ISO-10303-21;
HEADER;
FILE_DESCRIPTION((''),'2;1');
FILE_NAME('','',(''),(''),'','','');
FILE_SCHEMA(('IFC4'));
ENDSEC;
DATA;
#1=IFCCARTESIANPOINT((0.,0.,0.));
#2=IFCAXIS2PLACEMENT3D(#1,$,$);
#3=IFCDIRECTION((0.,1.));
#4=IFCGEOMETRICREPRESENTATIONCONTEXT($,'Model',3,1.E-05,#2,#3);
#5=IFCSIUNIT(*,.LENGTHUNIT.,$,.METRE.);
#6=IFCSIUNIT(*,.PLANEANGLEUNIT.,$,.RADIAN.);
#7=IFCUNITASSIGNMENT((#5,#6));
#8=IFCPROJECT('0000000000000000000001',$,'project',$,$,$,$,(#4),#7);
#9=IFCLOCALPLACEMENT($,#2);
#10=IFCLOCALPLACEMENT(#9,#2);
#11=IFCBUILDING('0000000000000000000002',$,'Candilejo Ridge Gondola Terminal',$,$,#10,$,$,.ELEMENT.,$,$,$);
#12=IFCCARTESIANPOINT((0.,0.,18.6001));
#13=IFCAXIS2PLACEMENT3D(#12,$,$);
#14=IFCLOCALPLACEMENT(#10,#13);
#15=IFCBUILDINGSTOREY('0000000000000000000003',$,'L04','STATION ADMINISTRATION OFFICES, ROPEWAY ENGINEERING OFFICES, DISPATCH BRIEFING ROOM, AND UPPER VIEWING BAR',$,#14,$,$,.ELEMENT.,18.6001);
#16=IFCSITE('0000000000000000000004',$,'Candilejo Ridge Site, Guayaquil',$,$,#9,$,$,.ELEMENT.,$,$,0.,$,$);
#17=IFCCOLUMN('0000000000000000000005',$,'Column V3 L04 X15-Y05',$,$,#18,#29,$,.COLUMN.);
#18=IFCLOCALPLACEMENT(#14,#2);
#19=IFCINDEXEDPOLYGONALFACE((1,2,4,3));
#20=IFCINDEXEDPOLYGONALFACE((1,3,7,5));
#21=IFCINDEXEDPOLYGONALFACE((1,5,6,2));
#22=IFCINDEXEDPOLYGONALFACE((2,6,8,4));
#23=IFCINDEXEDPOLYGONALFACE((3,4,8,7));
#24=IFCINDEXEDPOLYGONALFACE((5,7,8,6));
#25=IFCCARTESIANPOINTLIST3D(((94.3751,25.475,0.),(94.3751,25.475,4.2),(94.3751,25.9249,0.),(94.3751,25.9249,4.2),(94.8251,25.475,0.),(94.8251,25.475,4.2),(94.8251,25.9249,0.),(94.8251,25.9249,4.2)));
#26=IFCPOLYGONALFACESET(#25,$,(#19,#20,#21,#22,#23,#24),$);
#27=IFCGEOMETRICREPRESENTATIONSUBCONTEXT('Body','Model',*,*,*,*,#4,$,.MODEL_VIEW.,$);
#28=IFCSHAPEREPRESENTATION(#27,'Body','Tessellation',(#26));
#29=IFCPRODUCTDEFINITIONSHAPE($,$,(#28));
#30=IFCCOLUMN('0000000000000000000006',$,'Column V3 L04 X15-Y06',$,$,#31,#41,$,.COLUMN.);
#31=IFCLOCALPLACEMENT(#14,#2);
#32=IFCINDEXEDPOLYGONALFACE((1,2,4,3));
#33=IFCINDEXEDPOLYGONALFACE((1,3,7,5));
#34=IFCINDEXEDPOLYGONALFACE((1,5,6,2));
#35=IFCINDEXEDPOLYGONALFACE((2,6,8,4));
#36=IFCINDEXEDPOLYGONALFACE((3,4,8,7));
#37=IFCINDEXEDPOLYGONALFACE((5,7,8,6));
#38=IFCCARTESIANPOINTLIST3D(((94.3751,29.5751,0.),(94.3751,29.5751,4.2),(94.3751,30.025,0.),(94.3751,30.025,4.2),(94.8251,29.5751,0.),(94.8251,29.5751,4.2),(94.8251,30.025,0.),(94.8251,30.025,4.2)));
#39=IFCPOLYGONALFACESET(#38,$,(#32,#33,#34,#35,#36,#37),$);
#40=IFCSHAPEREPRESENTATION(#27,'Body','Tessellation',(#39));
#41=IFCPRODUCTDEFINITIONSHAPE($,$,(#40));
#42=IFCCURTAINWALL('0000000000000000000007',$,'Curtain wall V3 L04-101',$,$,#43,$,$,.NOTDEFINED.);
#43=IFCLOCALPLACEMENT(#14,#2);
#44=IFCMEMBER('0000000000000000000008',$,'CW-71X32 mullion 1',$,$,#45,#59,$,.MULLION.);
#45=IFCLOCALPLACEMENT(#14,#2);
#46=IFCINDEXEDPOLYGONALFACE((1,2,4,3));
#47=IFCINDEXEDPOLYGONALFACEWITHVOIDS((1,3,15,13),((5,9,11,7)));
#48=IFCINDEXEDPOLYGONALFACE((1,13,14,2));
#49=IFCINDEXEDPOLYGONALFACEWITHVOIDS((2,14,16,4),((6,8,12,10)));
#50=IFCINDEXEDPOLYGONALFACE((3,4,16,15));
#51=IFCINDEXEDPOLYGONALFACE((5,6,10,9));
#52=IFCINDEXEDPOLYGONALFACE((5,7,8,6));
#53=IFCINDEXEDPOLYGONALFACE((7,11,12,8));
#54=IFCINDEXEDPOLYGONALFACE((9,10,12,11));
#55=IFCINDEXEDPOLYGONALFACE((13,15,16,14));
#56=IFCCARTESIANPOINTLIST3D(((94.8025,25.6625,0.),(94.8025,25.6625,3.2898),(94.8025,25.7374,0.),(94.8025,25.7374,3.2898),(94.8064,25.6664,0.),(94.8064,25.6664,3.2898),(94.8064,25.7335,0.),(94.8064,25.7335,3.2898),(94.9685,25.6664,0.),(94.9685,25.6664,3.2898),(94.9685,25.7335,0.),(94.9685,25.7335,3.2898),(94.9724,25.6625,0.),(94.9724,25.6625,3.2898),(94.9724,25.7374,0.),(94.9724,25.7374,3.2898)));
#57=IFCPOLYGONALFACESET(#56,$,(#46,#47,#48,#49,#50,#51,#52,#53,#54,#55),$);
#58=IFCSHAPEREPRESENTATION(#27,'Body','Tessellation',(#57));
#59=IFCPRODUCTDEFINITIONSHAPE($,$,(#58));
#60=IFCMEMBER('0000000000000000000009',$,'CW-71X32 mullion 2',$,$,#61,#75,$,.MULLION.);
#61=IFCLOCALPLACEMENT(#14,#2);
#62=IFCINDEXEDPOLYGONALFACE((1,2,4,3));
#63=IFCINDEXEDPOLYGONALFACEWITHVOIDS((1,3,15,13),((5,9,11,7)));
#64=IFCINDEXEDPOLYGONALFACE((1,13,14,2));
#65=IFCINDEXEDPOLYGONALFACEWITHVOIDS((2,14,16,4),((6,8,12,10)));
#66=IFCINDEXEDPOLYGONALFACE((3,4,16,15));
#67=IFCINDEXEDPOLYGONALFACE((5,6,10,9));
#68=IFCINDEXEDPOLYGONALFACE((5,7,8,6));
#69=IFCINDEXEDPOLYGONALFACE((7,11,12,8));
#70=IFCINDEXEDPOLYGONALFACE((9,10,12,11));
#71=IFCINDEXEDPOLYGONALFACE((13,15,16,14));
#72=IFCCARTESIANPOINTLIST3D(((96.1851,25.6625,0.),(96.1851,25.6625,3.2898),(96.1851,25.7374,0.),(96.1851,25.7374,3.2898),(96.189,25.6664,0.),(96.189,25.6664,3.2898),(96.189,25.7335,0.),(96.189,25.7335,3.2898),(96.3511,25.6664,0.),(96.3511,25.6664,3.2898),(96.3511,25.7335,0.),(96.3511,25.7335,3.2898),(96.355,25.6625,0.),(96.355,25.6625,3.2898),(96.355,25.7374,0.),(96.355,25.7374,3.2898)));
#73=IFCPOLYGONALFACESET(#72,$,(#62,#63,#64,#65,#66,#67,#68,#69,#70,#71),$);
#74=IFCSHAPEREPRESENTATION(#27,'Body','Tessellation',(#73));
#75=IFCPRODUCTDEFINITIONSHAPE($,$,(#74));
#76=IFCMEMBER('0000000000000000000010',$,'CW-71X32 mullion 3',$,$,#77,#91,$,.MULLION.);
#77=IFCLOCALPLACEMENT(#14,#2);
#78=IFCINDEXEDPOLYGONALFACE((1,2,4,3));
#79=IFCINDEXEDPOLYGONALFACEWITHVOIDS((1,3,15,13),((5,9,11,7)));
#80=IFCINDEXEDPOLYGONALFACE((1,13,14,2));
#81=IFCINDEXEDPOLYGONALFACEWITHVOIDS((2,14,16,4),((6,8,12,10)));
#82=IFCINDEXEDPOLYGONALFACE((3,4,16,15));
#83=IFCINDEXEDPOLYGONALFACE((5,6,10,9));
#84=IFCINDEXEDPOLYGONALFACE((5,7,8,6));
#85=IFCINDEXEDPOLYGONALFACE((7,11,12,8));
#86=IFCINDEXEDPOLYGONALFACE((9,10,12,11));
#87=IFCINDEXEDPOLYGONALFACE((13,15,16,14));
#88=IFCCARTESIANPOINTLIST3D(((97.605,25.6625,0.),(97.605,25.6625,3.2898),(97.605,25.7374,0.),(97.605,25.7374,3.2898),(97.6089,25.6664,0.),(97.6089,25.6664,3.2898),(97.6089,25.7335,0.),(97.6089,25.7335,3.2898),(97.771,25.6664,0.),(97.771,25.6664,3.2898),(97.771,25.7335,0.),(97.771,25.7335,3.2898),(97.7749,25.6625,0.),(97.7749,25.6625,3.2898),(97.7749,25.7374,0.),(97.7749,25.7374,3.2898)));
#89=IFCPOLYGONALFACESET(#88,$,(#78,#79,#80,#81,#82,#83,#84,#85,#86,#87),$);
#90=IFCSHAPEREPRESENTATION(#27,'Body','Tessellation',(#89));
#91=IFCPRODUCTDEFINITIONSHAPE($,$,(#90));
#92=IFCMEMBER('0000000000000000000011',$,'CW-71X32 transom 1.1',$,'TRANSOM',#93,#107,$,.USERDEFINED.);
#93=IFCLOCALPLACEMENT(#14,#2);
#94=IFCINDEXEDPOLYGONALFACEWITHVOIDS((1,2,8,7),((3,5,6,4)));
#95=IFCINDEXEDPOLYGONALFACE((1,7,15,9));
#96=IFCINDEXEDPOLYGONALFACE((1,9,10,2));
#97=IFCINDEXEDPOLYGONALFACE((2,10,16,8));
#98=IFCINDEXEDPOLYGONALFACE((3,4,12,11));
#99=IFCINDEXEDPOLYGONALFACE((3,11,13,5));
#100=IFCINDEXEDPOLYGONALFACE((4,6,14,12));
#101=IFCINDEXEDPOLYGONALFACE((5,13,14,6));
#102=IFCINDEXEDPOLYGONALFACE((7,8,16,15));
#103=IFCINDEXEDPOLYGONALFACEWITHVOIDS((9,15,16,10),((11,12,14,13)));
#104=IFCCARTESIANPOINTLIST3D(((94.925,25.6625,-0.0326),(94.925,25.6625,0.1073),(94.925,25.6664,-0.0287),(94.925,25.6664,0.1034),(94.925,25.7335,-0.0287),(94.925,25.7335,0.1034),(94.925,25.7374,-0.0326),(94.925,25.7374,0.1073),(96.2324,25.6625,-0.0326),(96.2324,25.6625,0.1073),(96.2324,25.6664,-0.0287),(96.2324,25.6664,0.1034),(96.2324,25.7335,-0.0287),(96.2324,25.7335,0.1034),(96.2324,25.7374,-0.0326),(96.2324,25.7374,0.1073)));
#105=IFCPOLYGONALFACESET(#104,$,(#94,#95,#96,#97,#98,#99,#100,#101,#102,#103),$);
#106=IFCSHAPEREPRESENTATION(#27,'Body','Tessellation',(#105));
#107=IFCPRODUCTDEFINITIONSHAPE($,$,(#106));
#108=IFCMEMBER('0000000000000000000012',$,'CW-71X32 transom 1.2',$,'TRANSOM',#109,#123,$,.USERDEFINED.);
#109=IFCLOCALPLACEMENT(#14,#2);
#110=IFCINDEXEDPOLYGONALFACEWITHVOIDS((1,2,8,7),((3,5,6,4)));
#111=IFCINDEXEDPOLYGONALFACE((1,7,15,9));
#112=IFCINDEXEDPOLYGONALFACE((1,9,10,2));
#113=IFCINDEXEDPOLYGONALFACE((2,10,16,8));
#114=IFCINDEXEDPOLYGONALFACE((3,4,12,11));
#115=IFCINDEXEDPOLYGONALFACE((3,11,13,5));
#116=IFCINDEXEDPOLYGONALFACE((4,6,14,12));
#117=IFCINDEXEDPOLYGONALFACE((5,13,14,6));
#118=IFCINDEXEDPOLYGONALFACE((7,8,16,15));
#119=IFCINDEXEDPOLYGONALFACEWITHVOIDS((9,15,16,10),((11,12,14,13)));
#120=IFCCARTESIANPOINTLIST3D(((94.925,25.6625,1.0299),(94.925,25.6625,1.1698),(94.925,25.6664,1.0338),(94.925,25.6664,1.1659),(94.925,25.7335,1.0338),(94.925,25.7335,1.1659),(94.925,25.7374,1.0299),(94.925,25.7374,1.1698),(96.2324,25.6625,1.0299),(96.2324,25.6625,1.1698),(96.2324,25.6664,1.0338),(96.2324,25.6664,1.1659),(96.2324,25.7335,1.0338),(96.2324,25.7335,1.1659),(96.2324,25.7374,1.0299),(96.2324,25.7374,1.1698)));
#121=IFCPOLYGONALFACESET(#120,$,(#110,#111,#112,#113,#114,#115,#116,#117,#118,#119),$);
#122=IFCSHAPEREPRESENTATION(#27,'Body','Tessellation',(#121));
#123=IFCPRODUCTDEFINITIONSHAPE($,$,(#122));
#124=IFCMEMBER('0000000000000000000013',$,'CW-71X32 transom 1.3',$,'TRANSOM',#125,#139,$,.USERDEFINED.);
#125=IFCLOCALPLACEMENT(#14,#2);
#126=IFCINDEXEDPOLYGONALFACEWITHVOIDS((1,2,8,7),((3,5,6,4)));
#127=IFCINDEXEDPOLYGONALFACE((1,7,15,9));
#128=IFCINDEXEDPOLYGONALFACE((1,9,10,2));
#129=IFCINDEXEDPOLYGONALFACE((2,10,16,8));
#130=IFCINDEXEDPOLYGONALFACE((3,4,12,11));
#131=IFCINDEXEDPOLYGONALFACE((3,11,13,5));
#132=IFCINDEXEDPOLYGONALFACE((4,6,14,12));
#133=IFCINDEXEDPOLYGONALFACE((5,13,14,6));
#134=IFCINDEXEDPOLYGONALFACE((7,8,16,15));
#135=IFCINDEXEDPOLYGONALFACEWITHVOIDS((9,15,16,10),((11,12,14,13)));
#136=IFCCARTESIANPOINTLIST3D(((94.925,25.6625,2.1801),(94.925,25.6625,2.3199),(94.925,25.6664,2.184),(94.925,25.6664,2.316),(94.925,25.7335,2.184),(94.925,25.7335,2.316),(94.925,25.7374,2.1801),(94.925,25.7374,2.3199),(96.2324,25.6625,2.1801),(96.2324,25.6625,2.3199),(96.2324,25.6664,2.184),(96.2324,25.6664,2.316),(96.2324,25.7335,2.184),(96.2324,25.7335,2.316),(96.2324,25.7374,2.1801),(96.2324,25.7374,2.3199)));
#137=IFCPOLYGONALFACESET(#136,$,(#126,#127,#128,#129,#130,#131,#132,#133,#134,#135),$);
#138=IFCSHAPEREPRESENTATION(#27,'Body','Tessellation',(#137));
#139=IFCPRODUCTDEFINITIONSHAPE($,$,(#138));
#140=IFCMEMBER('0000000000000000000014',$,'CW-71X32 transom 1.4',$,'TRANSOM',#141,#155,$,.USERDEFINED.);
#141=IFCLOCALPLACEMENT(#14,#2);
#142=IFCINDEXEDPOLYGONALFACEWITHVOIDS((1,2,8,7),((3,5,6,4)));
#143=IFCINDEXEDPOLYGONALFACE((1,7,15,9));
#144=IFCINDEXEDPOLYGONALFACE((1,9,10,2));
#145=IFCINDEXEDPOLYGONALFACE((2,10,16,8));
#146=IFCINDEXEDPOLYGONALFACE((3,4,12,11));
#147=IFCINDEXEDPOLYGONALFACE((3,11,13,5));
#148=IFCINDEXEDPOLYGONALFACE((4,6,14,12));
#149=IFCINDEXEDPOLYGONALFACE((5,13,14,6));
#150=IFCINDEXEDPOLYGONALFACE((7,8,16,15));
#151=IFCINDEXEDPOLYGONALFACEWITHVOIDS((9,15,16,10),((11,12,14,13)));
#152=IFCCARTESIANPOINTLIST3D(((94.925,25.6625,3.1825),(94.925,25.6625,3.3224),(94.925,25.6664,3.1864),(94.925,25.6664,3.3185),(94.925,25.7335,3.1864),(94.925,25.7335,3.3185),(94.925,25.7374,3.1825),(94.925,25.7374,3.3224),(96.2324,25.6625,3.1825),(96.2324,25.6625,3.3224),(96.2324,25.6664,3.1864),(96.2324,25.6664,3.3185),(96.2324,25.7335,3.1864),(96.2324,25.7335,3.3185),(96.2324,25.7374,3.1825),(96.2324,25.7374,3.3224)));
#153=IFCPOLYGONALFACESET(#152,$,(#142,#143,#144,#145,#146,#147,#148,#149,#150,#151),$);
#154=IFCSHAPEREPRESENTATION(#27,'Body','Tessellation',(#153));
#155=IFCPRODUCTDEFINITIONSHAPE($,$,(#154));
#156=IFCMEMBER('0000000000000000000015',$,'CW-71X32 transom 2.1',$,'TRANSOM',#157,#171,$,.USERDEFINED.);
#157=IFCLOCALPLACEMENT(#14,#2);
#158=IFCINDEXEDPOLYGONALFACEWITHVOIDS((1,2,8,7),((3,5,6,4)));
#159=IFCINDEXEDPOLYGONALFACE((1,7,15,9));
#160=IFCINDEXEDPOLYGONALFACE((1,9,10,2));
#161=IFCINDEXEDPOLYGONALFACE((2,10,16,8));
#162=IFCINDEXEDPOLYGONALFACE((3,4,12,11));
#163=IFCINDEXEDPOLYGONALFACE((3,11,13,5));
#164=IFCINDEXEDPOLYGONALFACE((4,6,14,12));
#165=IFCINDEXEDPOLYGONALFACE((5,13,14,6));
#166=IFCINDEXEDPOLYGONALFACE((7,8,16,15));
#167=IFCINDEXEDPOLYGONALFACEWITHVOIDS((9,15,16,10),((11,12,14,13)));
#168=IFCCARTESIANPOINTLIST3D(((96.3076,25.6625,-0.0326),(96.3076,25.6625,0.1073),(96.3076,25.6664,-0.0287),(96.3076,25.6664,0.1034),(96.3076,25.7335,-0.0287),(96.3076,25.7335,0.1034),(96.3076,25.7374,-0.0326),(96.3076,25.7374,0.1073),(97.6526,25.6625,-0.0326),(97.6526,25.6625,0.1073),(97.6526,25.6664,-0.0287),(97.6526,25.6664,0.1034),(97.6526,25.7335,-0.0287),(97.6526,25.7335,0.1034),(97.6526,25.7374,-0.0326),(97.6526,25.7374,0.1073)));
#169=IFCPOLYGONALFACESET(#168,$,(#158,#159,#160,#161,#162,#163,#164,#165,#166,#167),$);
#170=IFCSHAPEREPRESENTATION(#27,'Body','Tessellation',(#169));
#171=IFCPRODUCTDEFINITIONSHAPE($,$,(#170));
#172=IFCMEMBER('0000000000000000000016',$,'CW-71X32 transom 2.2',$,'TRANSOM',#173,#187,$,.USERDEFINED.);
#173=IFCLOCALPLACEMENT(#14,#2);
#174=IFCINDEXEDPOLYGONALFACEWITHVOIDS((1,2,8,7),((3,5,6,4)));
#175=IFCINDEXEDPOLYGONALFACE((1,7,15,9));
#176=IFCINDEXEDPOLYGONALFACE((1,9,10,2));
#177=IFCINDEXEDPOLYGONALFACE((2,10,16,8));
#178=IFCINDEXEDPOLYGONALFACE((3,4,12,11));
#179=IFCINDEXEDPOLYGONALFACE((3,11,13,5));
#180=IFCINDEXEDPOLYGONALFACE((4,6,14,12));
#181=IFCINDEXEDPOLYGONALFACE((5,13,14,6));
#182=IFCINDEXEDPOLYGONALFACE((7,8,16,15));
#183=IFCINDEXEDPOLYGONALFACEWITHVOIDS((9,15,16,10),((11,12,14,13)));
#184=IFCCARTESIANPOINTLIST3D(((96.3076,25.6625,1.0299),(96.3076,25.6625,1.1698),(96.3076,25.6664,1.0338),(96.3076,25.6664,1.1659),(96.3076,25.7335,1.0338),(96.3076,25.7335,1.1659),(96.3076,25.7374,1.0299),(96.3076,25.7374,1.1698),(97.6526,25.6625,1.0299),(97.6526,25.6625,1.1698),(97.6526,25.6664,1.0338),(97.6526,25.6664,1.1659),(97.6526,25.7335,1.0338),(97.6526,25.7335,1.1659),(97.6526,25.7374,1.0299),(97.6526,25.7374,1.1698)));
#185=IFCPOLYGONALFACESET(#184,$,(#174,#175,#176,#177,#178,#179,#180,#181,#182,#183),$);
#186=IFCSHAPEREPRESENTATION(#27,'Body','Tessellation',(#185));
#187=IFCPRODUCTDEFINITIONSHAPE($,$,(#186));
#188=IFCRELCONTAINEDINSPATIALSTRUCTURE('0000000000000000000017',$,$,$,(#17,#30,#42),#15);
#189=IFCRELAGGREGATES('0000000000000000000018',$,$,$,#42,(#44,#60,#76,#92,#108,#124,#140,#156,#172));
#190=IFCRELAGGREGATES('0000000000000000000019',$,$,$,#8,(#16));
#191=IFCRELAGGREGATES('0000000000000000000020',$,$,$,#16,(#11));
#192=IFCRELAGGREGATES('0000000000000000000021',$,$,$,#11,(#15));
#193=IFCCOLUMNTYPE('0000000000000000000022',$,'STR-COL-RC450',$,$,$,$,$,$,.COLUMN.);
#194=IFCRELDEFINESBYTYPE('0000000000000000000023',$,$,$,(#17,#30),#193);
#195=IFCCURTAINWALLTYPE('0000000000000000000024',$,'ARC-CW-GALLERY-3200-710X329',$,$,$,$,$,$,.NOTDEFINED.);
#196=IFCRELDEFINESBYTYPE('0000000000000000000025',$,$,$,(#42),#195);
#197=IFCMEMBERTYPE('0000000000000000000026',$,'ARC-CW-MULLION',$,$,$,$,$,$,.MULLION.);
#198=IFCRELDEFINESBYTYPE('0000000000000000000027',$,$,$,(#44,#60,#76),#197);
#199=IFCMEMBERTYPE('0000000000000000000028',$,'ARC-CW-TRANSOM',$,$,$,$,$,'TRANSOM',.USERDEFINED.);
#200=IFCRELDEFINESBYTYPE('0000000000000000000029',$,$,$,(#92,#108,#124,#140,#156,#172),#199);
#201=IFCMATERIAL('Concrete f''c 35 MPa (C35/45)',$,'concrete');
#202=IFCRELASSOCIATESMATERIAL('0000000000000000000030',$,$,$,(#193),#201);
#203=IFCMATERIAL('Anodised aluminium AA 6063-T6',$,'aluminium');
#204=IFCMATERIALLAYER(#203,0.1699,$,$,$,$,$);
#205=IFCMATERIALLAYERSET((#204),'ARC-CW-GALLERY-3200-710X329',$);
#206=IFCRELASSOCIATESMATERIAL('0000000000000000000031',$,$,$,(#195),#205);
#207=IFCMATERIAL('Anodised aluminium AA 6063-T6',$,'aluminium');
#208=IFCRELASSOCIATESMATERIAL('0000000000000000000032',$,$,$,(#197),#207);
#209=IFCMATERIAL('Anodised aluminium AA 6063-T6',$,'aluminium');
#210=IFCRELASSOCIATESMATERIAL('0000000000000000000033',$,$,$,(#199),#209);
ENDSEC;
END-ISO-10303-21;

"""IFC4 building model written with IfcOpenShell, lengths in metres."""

from ifc_helpers import new_model, si_unit, direction, frame, origin, origin_2d, place, context, subcontext, project, spatial, rectangle, hollow_rectangle, extrude, material, layer, layer_set, material_profile, profile_set, type_object, element, aggregate, save


model = new_model("IFC4")

# Units and contexts
model_context = context("Model", 3, precision=1e-05, world=origin(), true_north=direction((0.0, 1.0)))
body_context = subcontext(model_context, "Body", "Model", "MODEL_VIEW")
ifc_project = project(units=[si_unit("LENGTHUNIT", "METRE"), si_unit("PLANEANGLEUNIT", "RADIAN")], contexts=[model_context])

# Site, building, storey
site_placement = place(None, origin())
site = spatial("IfcSite", under=ifc_project, at=site_placement, Name="Candilejo Ridge Site, Guayaquil", CompositionType="ELEMENT", RefElevation=0.0)
building_placement = place(site_placement, origin())
building = spatial("IfcBuilding", under=site, at=building_placement, Name="Candilejo Ridge Gondola Terminal", CompositionType="ELEMENT")
storey_placement = place(building_placement, frame((0.0, 0.0, 18.6001)))
storey = spatial("IfcBuildingStorey", under=building, at=storey_placement, Name="L04", Description="STATION ADMINISTRATION OFFICES, ROPEWAY ENGINEERING OFFICES, DISPATCH BRIEFING ROOM, AND UPPER VIEWING BAR", CompositionType="ELEMENT", Elevation=18.6001)

# Columns
ifc_material_1 = material(Name="Concrete f'c 35 MPa (C35/45)", Category="concrete")
ifc_material_profile_1 = material_profile(ifc_material_1, rectangle(XDim=0.45, YDim=0.45, at=origin_2d()))
ifc_profile_set_1 = profile_set([ifc_material_profile_1], Name="Concrete f'c 35 MPa (C35/45)")
column_type = type_object("IfcColumnType", Name="STR-COL-RC450", PredefinedType="COLUMN", material=ifc_profile_set_1)
for number, where, z_axis, x_axis, name in (
    (1, (94.6001, 25.7, 0.0), (0.0, 0.0, 1.0), (1.0, 0.0, 0.0), "Column V3 L04 X15-Y05"),
    (2, (94.6001, 29.8, 0.0), (0.0, 0.0, 1.0), (1.0, 0.0, 0.0), "Column V3 L04 X15-Y06"),
):
    element("IfcColumn", number, at=place(storey_placement, frame(where, z_axis=z_axis, x_axis=x_axis)), inside=storey, type_object=column_type, Name=name, PredefinedType="COLUMN", context=body_context, shape_type="SweptSolid", body=[
        extrude(rectangle(XDim=0.45, YDim=0.45, at=origin_2d()), origin(), (0.0, 0.0, 1.0), 4.2),
    ])

# Curtain wall, members
ifc_material_2 = material(Name="Anodised aluminium AA 6063-T6", Category="aluminium")
ifc_layer_1 = layer(ifc_material_2, 0.1699)
ifc_layer_set_1 = layer_set([ifc_layer_1], Name="ARC-CW-GALLERY-3200-710X329")
curtain_wall_type = type_object("IfcCurtainWallType", Name="ARC-CW-GALLERY-3200-710X329", PredefinedType="NOTDEFINED", material=ifc_layer_set_1)
curtain_wall_placement = place(storey_placement, origin())
curtain_wall = element("IfcCurtainWall", 3, at=curtain_wall_placement, inside=storey, type_object=curtain_wall_type, Name="Curtain wall V3 L04-101", PredefinedType="NOTDEFINED")
ifc_material_3 = material(Name="Anodised aluminium AA 6063-T6", Category="aluminium")
ifc_material_profile_2 = material_profile(ifc_material_3, hollow_rectangle(XDim=0.075, YDim=0.1699, WallThickness=0.0039, at=origin_2d()))
ifc_profile_set_2 = profile_set([ifc_material_profile_2], Name="Anodised aluminium AA 6063-T6")
member_type_1 = type_object("IfcMemberType", Name="ARC-CW-MULLION", PredefinedType="MULLION", material=ifc_profile_set_2)
member_1_placement = place(storey_placement, frame((94.8875, 25.7, 0.0), z_axis=(0.0, 0.0, 1.0), x_axis=(0.0, 1.0, 0.0)))
member_1 = element("IfcMember", 4, at=member_1_placement, type_object=member_type_1, Name="CW-71X32 mullion 1", PredefinedType="MULLION", context=body_context, shape_type="SweptSolid", body=[
    extrude(hollow_rectangle(XDim=0.075, YDim=0.1699, WallThickness=0.0039, at=origin_2d()), origin(), (0.0, 0.0, 1.0), 3.2898),
])
member_2_placement = place(storey_placement, frame((96.27, 25.7, 0.0), z_axis=(0.0, 0.0, 1.0), x_axis=(0.0, 1.0, 0.0)))
member_2 = element("IfcMember", 5, at=member_2_placement, type_object=member_type_1, Name="CW-71X32 mullion 2", PredefinedType="MULLION", context=body_context, shape_type="SweptSolid", body=[
    extrude(hollow_rectangle(XDim=0.075, YDim=0.1699, WallThickness=0.0039, at=origin_2d()), origin(), (0.0, 0.0, 1.0), 3.2898),
])
member_3_placement = place(storey_placement, frame((97.6899, 25.7, 0.0), z_axis=(0.0, 0.0, 1.0), x_axis=(0.0, 1.0, 0.0)))
member_3 = element("IfcMember", 6, at=member_3_placement, type_object=member_type_1, Name="CW-71X32 mullion 3", PredefinedType="MULLION", context=body_context, shape_type="SweptSolid", body=[
    extrude(hollow_rectangle(XDim=0.075, YDim=0.1699, WallThickness=0.0039, at=origin_2d()), origin(), (0.0, 0.0, 1.0), 3.2898),
])
ifc_material_4 = material(Name="Anodised aluminium AA 6063-T6", Category="aluminium")
ifc_material_profile_3 = material_profile(ifc_material_4, hollow_rectangle(XDim=0.075, YDim=0.1399, WallThickness=0.0039, at=origin_2d()))
ifc_profile_set_3 = profile_set([ifc_material_profile_3], Name="Anodised aluminium AA 6063-T6")
member_type_2 = type_object("IfcMemberType", Name="ARC-CW-TRANSOM", ElementType="TRANSOM", PredefinedType="USERDEFINED", material=ifc_profile_set_3)
member_4_placement = place(storey_placement, frame((94.925, 25.7, 0.0374), z_axis=(1.0, 0.0, 0.0), x_axis=(0.0, 1.0, 0.0)))
member_4 = element("IfcMember", 7, at=member_4_placement, type_object=member_type_2, Name="CW-71X32 transom 1.1", ObjectType="TRANSOM", PredefinedType="USERDEFINED", context=body_context, shape_type="SweptSolid", body=[
    extrude(hollow_rectangle(XDim=0.075, YDim=0.1399, WallThickness=0.0039, at=origin_2d()), origin(), (0.0, 0.0, 1.0), 1.3074),
])
member_5_placement = place(storey_placement, frame((94.925, 25.7, 1.0999), z_axis=(1.0, 0.0, 0.0), x_axis=(0.0, 1.0, 0.0)))
member_5 = element("IfcMember", 8, at=member_5_placement, type_object=member_type_2, Name="CW-71X32 transom 1.2", ObjectType="TRANSOM", PredefinedType="USERDEFINED", context=body_context, shape_type="SweptSolid", body=[
    extrude(hollow_rectangle(XDim=0.075, YDim=0.1399, WallThickness=0.0039, at=origin_2d()), origin(), (0.0, 0.0, 1.0), 1.3074),
])
member_6_placement = place(storey_placement, frame((94.925, 25.7, 2.25), z_axis=(1.0, 0.0, 0.0), x_axis=(0.0, 1.0, 0.0)))
member_6 = element("IfcMember", 9, at=member_6_placement, type_object=member_type_2, Name="CW-71X32 transom 1.3", ObjectType="TRANSOM", PredefinedType="USERDEFINED", context=body_context, shape_type="SweptSolid", body=[
    extrude(hollow_rectangle(XDim=0.075, YDim=0.1399, WallThickness=0.0039, at=origin_2d()), origin(), (0.0, 0.0, 1.0), 1.3074),
])
member_7_placement = place(storey_placement, frame((94.925, 25.7, 3.2524), z_axis=(1.0, 0.0, 0.0), x_axis=(0.0, 1.0, 0.0)))
member_7 = element("IfcMember", 10, at=member_7_placement, type_object=member_type_2, Name="CW-71X32 transom 1.4", ObjectType="TRANSOM", PredefinedType="USERDEFINED", context=body_context, shape_type="SweptSolid", body=[
    extrude(hollow_rectangle(XDim=0.075, YDim=0.1399, WallThickness=0.0039, at=origin_2d()), origin(), (0.0, 0.0, 1.0), 1.3074),
])
member_8_placement = place(storey_placement, frame((96.3076, 25.7, 0.0374), z_axis=(1.0, 0.0, 0.0), x_axis=(0.0, 1.0, 0.0)))
member_8 = element("IfcMember", 11, at=member_8_placement, type_object=member_type_2, Name="CW-71X32 transom 2.1", ObjectType="TRANSOM", PredefinedType="USERDEFINED", context=body_context, shape_type="SweptSolid", body=[
    extrude(hollow_rectangle(XDim=0.075, YDim=0.1399, WallThickness=0.0039, at=origin_2d()), origin(), (0.0, 0.0, 1.0), 1.345),
])
member_9_placement = place(storey_placement, frame((96.3076, 25.7, 1.0999), z_axis=(1.0, 0.0, 0.0), x_axis=(0.0, 1.0, 0.0)))
member_9 = element("IfcMember", 12, at=member_9_placement, type_object=member_type_2, Name="CW-71X32 transom 2.2", ObjectType="TRANSOM", PredefinedType="USERDEFINED", context=body_context, shape_type="SweptSolid", body=[
    extrude(hollow_rectangle(XDim=0.075, YDim=0.1399, WallThickness=0.0039, at=origin_2d()), origin(), (0.0, 0.0, 1.0), 1.345),
])

aggregate(curtain_wall, [member_1, member_2, member_3, member_4, member_5, member_6, member_7, member_8, member_9])

save(model, "model.ifc")
